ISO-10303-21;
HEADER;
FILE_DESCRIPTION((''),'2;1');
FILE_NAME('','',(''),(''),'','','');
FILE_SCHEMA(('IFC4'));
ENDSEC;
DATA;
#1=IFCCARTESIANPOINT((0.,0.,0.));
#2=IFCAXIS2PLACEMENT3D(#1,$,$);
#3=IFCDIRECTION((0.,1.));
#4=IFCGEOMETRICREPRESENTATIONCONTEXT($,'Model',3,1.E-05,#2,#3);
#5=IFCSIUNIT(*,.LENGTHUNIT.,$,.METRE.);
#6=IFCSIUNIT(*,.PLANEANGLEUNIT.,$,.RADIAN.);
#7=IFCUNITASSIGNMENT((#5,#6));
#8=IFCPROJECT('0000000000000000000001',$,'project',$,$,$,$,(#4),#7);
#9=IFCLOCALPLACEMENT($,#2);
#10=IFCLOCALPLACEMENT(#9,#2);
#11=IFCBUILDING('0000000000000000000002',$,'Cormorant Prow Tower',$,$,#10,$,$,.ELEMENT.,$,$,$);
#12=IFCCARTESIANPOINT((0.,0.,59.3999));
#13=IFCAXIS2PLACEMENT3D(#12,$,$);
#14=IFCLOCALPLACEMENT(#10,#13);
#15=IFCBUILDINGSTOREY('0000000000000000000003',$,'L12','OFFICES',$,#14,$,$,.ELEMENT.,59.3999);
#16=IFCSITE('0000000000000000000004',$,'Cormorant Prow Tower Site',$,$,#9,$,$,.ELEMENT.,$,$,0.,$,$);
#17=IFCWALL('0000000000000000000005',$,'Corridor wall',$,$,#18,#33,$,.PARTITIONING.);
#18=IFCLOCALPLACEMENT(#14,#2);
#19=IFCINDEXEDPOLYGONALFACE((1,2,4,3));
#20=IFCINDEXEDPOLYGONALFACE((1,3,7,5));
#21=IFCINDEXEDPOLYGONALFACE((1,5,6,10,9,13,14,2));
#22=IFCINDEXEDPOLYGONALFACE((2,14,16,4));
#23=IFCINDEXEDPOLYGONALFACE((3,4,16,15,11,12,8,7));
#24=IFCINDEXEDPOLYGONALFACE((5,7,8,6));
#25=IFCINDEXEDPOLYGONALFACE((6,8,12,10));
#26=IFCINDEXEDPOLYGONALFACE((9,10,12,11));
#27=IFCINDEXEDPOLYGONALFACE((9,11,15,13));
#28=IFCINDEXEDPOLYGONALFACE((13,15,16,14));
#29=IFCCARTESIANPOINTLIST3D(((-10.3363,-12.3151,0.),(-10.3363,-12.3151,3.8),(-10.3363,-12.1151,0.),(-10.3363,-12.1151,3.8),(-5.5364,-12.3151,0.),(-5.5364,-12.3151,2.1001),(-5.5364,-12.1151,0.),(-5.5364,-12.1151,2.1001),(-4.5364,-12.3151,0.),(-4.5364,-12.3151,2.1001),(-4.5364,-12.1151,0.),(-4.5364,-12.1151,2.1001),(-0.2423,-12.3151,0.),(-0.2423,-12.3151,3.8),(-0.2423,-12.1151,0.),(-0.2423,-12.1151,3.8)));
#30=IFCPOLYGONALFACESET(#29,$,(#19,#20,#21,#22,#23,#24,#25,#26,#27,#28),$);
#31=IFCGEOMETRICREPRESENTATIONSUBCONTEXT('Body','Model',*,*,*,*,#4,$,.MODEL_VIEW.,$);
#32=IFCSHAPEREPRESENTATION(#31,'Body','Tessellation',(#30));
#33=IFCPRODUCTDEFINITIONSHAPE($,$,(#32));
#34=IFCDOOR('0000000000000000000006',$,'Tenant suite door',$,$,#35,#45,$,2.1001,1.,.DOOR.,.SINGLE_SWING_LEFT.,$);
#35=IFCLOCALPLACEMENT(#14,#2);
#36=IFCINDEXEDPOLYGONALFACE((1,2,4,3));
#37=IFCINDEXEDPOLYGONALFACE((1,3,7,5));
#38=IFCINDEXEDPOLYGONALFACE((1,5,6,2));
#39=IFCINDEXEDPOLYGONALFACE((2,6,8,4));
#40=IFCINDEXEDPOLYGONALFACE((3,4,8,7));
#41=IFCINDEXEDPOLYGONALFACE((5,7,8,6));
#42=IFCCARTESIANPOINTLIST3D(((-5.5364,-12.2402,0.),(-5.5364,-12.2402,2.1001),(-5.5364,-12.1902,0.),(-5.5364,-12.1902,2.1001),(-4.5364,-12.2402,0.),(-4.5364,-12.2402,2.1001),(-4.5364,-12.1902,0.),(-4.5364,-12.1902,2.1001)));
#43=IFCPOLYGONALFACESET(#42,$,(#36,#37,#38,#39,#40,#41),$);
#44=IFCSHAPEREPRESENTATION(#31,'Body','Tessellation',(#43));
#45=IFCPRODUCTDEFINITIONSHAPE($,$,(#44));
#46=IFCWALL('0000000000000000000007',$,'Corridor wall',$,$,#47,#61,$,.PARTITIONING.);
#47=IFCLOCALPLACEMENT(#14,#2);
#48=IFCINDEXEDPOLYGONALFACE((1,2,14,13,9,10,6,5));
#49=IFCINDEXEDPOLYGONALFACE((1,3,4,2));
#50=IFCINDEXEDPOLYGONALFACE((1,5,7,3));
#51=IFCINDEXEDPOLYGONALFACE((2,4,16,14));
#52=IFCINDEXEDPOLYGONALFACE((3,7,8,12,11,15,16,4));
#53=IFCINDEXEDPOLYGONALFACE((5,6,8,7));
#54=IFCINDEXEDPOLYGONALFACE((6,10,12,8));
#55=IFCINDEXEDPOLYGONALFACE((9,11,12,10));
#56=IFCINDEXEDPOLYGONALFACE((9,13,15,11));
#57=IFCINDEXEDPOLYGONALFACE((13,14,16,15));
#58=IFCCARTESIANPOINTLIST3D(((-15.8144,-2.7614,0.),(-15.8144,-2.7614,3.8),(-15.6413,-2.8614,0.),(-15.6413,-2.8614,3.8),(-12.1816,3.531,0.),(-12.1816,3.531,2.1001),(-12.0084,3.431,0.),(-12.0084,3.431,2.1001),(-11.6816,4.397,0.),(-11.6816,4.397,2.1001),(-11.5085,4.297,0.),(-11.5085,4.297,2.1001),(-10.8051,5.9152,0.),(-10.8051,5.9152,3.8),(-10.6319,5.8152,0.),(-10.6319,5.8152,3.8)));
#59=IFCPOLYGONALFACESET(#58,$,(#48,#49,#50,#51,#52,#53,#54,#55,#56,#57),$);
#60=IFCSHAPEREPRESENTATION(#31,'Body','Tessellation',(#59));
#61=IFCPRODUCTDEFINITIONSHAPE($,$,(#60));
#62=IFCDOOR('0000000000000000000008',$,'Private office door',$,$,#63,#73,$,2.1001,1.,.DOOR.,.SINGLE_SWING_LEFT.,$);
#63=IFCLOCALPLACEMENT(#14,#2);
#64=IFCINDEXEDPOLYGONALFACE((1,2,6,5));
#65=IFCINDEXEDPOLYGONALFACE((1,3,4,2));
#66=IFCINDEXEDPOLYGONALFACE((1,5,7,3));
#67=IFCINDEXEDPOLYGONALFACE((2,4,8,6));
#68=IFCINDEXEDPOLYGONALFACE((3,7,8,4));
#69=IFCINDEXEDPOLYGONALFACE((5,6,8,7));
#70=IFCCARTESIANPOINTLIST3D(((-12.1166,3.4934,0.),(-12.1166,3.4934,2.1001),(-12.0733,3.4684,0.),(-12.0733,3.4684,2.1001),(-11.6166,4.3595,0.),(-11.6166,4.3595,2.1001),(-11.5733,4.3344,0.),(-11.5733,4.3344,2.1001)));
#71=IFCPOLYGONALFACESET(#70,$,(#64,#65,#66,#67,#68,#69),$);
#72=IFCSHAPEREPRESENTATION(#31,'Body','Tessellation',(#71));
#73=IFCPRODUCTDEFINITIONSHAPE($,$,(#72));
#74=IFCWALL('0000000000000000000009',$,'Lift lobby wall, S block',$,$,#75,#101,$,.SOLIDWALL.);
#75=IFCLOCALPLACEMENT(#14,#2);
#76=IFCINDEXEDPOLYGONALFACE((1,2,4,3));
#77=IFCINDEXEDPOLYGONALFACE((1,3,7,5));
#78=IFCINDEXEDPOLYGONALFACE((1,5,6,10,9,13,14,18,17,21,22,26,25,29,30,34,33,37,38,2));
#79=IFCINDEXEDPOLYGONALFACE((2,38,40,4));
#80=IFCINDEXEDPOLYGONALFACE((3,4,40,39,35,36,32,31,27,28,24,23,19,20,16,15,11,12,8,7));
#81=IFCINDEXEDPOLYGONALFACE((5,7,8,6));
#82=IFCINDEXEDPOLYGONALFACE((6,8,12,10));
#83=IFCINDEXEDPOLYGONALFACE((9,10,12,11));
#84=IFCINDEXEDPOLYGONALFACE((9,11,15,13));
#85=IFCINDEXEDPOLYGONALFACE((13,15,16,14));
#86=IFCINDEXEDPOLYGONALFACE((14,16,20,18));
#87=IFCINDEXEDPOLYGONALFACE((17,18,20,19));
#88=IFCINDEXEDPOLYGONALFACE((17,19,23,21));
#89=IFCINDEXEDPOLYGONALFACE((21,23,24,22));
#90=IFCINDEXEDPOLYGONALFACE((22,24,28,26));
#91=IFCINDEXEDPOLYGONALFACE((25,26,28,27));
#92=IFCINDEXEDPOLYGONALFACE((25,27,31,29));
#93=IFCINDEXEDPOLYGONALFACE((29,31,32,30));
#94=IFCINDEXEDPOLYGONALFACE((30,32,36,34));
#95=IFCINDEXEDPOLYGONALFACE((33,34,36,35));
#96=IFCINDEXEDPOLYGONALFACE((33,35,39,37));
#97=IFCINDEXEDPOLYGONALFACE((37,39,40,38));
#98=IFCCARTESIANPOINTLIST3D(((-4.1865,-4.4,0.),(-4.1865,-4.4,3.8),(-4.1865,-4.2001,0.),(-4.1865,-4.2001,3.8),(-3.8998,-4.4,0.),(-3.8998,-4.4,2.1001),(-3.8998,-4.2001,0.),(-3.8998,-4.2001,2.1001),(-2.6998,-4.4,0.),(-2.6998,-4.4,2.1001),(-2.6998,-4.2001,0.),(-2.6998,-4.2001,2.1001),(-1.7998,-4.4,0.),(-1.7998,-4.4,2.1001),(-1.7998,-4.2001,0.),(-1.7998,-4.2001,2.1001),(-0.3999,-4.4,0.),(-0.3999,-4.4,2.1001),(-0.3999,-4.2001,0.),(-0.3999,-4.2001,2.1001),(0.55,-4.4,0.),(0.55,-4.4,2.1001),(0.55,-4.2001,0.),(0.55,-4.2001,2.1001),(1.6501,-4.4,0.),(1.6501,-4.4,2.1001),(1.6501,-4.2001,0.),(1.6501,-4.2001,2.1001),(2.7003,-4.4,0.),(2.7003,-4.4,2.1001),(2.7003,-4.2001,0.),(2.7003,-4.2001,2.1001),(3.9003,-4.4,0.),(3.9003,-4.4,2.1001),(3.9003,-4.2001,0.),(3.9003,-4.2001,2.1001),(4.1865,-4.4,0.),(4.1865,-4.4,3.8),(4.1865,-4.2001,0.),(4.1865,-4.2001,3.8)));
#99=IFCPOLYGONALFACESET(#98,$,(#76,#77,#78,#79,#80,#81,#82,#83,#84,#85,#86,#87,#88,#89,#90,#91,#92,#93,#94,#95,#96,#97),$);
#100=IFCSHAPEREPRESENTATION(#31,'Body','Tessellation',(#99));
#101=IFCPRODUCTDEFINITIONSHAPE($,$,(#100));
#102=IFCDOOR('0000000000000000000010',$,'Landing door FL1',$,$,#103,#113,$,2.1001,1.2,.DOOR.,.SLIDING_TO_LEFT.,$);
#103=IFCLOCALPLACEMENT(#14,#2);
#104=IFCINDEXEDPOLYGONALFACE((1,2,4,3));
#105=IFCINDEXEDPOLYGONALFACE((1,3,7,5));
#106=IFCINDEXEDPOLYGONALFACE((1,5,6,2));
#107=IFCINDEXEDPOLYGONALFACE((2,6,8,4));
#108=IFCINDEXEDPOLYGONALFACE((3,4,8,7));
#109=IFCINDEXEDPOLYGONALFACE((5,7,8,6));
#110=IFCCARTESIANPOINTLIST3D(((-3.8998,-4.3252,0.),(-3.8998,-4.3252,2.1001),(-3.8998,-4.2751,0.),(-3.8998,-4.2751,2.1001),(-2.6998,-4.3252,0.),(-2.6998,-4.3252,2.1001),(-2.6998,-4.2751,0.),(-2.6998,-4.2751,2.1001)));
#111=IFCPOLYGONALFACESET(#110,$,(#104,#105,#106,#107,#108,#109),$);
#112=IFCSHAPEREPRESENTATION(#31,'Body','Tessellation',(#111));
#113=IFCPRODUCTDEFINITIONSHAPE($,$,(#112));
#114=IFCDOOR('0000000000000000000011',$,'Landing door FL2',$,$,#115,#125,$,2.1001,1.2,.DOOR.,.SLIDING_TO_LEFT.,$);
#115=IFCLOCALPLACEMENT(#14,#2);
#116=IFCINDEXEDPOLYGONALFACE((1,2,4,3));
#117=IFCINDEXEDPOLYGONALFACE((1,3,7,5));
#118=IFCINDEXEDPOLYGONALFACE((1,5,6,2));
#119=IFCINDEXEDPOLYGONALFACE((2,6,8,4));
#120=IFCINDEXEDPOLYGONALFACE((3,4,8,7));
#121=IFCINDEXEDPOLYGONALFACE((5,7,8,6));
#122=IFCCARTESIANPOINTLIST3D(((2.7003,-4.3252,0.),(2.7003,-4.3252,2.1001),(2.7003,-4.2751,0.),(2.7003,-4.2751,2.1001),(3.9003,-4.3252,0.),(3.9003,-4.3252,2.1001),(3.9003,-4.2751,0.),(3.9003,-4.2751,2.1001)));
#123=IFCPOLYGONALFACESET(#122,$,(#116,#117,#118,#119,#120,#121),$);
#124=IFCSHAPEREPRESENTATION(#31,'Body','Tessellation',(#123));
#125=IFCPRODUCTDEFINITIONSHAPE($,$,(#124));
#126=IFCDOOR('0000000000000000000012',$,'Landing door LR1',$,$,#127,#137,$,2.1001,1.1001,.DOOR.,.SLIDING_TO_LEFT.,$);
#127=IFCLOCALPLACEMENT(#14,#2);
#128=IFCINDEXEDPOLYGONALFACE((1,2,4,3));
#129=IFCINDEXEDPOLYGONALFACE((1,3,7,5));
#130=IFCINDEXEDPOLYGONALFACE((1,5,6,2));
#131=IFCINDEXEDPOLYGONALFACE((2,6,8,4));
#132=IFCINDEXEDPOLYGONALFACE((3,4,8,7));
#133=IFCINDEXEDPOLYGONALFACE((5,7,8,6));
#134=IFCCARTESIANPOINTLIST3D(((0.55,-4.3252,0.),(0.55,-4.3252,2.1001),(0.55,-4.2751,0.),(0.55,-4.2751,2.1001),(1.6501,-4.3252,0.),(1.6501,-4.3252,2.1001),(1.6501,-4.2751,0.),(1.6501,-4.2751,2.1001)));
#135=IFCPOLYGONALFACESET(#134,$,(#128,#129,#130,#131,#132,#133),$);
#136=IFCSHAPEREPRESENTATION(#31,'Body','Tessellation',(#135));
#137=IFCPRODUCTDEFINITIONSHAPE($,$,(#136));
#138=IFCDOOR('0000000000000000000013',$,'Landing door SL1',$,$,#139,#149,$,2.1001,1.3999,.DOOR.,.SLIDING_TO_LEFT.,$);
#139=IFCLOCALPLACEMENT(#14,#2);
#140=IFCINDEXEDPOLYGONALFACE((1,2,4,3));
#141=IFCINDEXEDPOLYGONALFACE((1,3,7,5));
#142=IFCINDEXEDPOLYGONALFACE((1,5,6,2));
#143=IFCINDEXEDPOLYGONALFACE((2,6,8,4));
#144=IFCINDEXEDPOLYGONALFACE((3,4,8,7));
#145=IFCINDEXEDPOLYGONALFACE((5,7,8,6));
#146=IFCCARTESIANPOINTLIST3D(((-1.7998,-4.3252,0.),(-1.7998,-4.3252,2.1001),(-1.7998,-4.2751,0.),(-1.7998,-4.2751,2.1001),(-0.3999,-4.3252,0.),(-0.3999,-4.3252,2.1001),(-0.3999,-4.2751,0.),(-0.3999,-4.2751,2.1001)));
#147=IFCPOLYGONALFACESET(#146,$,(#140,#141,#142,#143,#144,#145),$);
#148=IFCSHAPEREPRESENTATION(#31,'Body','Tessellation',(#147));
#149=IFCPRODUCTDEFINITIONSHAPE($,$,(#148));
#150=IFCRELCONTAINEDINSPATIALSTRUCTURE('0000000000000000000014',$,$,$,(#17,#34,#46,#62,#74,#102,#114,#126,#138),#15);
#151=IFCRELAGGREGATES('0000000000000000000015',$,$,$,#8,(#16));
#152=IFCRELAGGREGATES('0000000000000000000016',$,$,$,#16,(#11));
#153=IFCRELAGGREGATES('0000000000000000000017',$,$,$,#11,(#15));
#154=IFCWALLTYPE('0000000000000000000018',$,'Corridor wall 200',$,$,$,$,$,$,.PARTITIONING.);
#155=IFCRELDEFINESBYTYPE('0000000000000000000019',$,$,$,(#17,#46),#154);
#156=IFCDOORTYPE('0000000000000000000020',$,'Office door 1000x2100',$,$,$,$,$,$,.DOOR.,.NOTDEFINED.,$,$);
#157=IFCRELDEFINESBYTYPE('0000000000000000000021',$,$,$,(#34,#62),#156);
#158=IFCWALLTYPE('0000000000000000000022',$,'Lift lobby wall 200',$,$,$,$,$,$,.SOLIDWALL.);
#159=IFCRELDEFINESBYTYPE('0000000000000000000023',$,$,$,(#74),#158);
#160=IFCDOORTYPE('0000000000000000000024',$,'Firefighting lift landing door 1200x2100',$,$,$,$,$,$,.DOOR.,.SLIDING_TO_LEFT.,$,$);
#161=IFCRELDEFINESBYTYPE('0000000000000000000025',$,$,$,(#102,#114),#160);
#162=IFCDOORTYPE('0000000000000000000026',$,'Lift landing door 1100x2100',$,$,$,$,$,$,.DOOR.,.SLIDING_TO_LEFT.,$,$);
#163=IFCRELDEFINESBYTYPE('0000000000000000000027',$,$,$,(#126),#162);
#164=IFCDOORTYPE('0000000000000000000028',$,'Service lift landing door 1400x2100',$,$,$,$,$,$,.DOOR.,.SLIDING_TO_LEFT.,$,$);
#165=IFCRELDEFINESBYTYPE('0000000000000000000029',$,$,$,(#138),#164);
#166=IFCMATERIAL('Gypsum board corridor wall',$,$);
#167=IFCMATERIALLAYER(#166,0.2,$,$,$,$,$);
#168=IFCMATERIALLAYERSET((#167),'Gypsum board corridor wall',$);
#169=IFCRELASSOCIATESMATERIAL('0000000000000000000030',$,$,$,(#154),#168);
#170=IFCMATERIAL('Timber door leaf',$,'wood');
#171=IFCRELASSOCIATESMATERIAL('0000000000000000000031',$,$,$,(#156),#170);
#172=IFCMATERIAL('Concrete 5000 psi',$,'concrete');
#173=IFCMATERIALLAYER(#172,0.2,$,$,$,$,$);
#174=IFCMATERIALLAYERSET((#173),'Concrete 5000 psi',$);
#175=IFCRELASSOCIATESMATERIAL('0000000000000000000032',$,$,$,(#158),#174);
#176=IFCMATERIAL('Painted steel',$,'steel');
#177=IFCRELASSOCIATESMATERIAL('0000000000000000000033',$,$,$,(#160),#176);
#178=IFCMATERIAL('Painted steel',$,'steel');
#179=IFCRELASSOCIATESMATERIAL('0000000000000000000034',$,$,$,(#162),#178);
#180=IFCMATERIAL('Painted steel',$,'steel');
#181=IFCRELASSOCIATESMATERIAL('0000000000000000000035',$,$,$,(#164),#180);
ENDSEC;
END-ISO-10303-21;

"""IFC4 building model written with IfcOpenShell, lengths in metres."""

from ifc_helpers import new_model, si_unit, direction, frame, frame_2d, origin, place, context, subcontext, project, spatial, rectangle, extrude, material, layer, layer_set, type_object, element, fill, save


model = new_model("IFC4")

# Units and contexts
model_context = context("Model", 3, precision=1e-05, world=origin(), true_north=direction((0.0, 1.0)))
body_context = subcontext(model_context, "Body", "Model", "MODEL_VIEW")
ifc_project = project(units=[si_unit("LENGTHUNIT", "METRE"), si_unit("PLANEANGLEUNIT", "RADIAN")], contexts=[model_context])

# Site, building, storey
site_placement = place(None, origin())
site = spatial("IfcSite", under=ifc_project, at=site_placement, Name="Cormorant Prow Tower Site", CompositionType="ELEMENT", RefElevation=0.0)
building_placement = place(site_placement, origin())
building = spatial("IfcBuilding", under=site, at=building_placement, Name="Cormorant Prow Tower", CompositionType="ELEMENT")
storey_placement = place(building_placement, frame((0.0, 0.0, 59.3999)))
storey = spatial("IfcBuildingStorey", under=building, at=storey_placement, Name="L12", Description="OFFICES", CompositionType="ELEMENT", Elevation=59.3999)

# Walls, openings, doors
ifc_material_1 = material(Name="Gypsum board corridor wall")
ifc_layer_1 = layer(ifc_material_1, 0.2)
ifc_layer_set_1 = layer_set([ifc_layer_1], Name="Gypsum board corridor wall")
wall_type_1 = type_object("IfcWallType", Name="Corridor wall 200", PredefinedType="PARTITIONING", material=ifc_layer_set_1)
wall_1_placement = place(storey_placement, frame((-10.3362, -12.2151, 0.0), z_axis=(0.0, 0.0, 1.0), x_axis=(1.0, 0.0, 0.0)))
wall_1 = element("IfcWall", 1, at=wall_1_placement, inside=storey, type_object=wall_type_1, Name="Corridor wall", PredefinedType="PARTITIONING", context=body_context, shape_type="SweptSolid", body=[
    extrude(rectangle(XDim=10.094, YDim=0.2, at=frame_2d((5.0469, 0.0))), origin(), (0.0, 0.0, 1.0), 3.8),
])
opening_1_placement = place(wall_1_placement, frame((4.7998, 0.0, 0.0)))
opening_1 = element("IfcOpeningElement", 2, at=opening_1_placement, cuts=wall_1, PredefinedType="OPENING", context=body_context, shape_type="SweptSolid", body=[
    extrude(rectangle(XDim=1.0, YDim=2.1001, at=frame_2d((0.5, 1.05))), frame((0.0, 0.1099, 0.0), z_axis=(0.0, -1.0, 0.0), x_axis=(1.0, 0.0, 0.0)), (0.0, 0.0, 1.0), 0.22),
])
ifc_material_2 = material(Name="Timber door leaf", Category="wood")
door_type_1 = type_object("IfcDoorType", Name="Office door 1000x2100", OperationType="NOTDEFINED", PredefinedType="DOOR", material=ifc_material_2)
door_1_placement = place(opening_1_placement, origin())
door_1 = element("IfcDoor", 3, at=door_1_placement, inside=storey, type_object=door_type_1, Name="Tenant suite door", OperationType="SINGLE_SWING_LEFT", OverallHeight=2.1001, OverallWidth=1.0, PredefinedType="DOOR", context=body_context, shape_type="SweptSolid", body=[
    extrude(rectangle(XDim=1.0, YDim=2.1001, at=frame_2d((0.5, 1.05))), frame((0.0, 0.0249, 0.0), z_axis=(0.0, -1.0, 0.0), x_axis=(1.0, 0.0, 0.0)), (0.0, 0.0, 1.0), 0.05),
])
fill(opening_1, door_1)
wall_2_placement = place(storey_placement, frame((-15.7278, -2.8113, 0.0), z_axis=(0.0, 0.0, 1.0), x_axis=(0.499992, 0.86603, 0.0)))
wall_2 = element("IfcWall", 4, at=wall_2_placement, inside=storey, type_object=wall_type_1, Name="Corridor wall", PredefinedType="PARTITIONING", context=body_context, shape_type="SweptSolid", body=[
    extrude(rectangle(XDim=10.0188, YDim=0.2, at=frame_2d((5.0093, 0.0))), origin(), (0.0, 0.0, 1.0), 3.8),
])
opening_2_placement = place(wall_2_placement, frame((7.2656, 0.0, 0.0)))
opening_2 = element("IfcOpeningElement", 5, at=opening_2_placement, cuts=wall_2, PredefinedType="OPENING", context=body_context, shape_type="SweptSolid", body=[
    extrude(rectangle(XDim=1.0, YDim=2.1001, at=frame_2d((0.5, 1.05))), frame((0.0, 0.1099, 0.0), z_axis=(0.0, -1.0, 0.0), x_axis=(1.0, 0.0, 0.0)), (0.0, 0.0, 1.0), 0.22),
])
door_2_placement = place(opening_2_placement, origin())
door_2 = element("IfcDoor", 6, at=door_2_placement, inside=storey, type_object=door_type_1, Name="Private office door", OperationType="SINGLE_SWING_LEFT", OverallHeight=2.1001, OverallWidth=1.0, PredefinedType="DOOR", context=body_context, shape_type="SweptSolid", body=[
    extrude(rectangle(XDim=1.0, YDim=2.1001, at=frame_2d((0.5, 1.05))), frame((0.0, 0.0249, 0.0), z_axis=(0.0, -1.0, 0.0), x_axis=(1.0, 0.0, 0.0)), (0.0, 0.0, 1.0), 0.05),
])
fill(opening_2, door_2)

# Wall, openings, doors
ifc_material_3 = material(Name="Concrete 5000 psi", Category="concrete")
ifc_layer_2 = layer(ifc_material_3, 0.2)
ifc_layer_set_2 = layer_set([ifc_layer_2], Name="Concrete 5000 psi")
wall_type_2 = type_object("IfcWallType", Name="Lift lobby wall 200", PredefinedType="SOLIDWALL", material=ifc_layer_set_2)
wall_3_placement = place(storey_placement, frame((-4.1865, -4.3, 0.0), z_axis=(0.0, 0.0, 1.0), x_axis=(1.0, 0.0, 0.0)))
wall_3 = element("IfcWall", 7, at=wall_3_placement, inside=storey, type_object=wall_type_2, Name="Lift lobby wall, S block", PredefinedType="SOLIDWALL", context=body_context, shape_type="SweptSolid", body=[
    extrude(rectangle(XDim=8.373, YDim=0.2, at=frame_2d((4.1865, 0.0))), origin(), (0.0, 0.0, 1.0), 3.8),
])
opening_3_placement = place(wall_3_placement, frame((0.2866, 0.0, 0.0)))
opening_3 = element("IfcOpeningElement", 8, at=opening_3_placement, cuts=wall_3, PredefinedType="OPENING", context=body_context, shape_type="SweptSolid", body=[
    extrude(rectangle(XDim=1.2, YDim=2.1001, at=frame_2d((0.6001, 1.05))), frame((0.0, 0.1099, 0.0), z_axis=(0.0, -1.0, 0.0), x_axis=(1.0, 0.0, 0.0)), (0.0, 0.0, 1.0), 0.22),
])
opening_4_placement = place(wall_3_placement, frame((2.3867, 0.0, 0.0)))
opening_4 = element("IfcOpeningElement", 9, at=opening_4_placement, cuts=wall_3, PredefinedType="OPENING", context=body_context, shape_type="SweptSolid", body=[
    extrude(rectangle(XDim=1.3999, YDim=2.1001, at=frame_2d((0.7, 1.05))), frame((0.0, 0.1099, 0.0), z_axis=(0.0, -1.0, 0.0), x_axis=(1.0, 0.0, 0.0)), (0.0, 0.0, 1.0), 0.22),
])
opening_5_placement = place(wall_3_placement, frame((4.7366, 0.0, 0.0)))
opening_5 = element("IfcOpeningElement", 10, at=opening_5_placement, cuts=wall_3, PredefinedType="OPENING", context=body_context, shape_type="SweptSolid", body=[
    extrude(rectangle(XDim=1.1001, YDim=2.1001, at=frame_2d((0.55, 1.05))), frame((0.0, 0.1099, 0.0), z_axis=(0.0, -1.0, 0.0), x_axis=(1.0, 0.0, 0.0)), (0.0, 0.0, 1.0), 0.22),
])
opening_6_placement = place(wall_3_placement, frame((6.8867, 0.0, 0.0)))
opening_6 = element("IfcOpeningElement", 11, at=opening_6_placement, cuts=wall_3, PredefinedType="OPENING", context=body_context, shape_type="SweptSolid", body=[
    extrude(rectangle(XDim=1.2, YDim=2.1001, at=frame_2d((0.6001, 1.05))), frame((0.0, 0.1099, 0.0), z_axis=(0.0, -1.0, 0.0), x_axis=(1.0, 0.0, 0.0)), (0.0, 0.0, 1.0), 0.22),
])
ifc_material_4 = material(Name="Painted steel", Category="steel")
door_type_2 = type_object("IfcDoorType", Name="Firefighting lift landing door 1200x2100", OperationType="SLIDING_TO_LEFT", PredefinedType="DOOR", material=ifc_material_4)
door_3_placement = place(opening_3_placement, origin())
door_3 = element("IfcDoor", 12, at=door_3_placement, inside=storey, type_object=door_type_2, Name="Landing door FL1", OperationType="SLIDING_TO_LEFT", OverallHeight=2.1001, OverallWidth=1.2, PredefinedType="DOOR", context=body_context, shape_type="SweptSolid", body=[
    extrude(rectangle(XDim=1.2, YDim=2.1001, at=frame_2d((0.6001, 1.05))), frame((0.0, 0.0249, 0.0), z_axis=(0.0, -1.0, 0.0), x_axis=(1.0, 0.0, 0.0)), (0.0, 0.0, 1.0), 0.05),
])
fill(opening_3, door_3)
door_4_placement = place(opening_6_placement, origin())
door_4 = element("IfcDoor", 13, at=door_4_placement, inside=storey, type_object=door_type_2, Name="Landing door FL2", OperationType="SLIDING_TO_LEFT", OverallHeight=2.1001, OverallWidth=1.2, PredefinedType="DOOR", context=body_context, shape_type="SweptSolid", body=[
    extrude(rectangle(XDim=1.2, YDim=2.1001, at=frame_2d((0.6001, 1.05))), frame((0.0, 0.0249, 0.0), z_axis=(0.0, -1.0, 0.0), x_axis=(1.0, 0.0, 0.0)), (0.0, 0.0, 1.0), 0.05),
])
fill(opening_6, door_4)
ifc_material_5 = material(Name="Painted steel", Category="steel")
door_type_3 = type_object("IfcDoorType", Name="Lift landing door 1100x2100", OperationType="SLIDING_TO_LEFT", PredefinedType="DOOR", material=ifc_material_5)
door_5_placement = place(opening_5_placement, origin())
door_5 = element("IfcDoor", 14, at=door_5_placement, inside=storey, type_object=door_type_3, Name="Landing door LR1", OperationType="SLIDING_TO_LEFT", OverallHeight=2.1001, OverallWidth=1.1001, PredefinedType="DOOR", context=body_context, shape_type="SweptSolid", body=[
    extrude(rectangle(XDim=1.1001, YDim=2.1001, at=frame_2d((0.55, 1.05))), frame((0.0, 0.0249, 0.0), z_axis=(0.0, -1.0, 0.0), x_axis=(1.0, 0.0, 0.0)), (0.0, 0.0, 1.0), 0.05),
])
fill(opening_5, door_5)
ifc_material_6 = material(Name="Painted steel", Category="steel")
door_type_4 = type_object("IfcDoorType", Name="Service lift landing door 1400x2100", OperationType="SLIDING_TO_LEFT", PredefinedType="DOOR", material=ifc_material_6)
door_6_placement = place(opening_4_placement, origin())
door_6 = element("IfcDoor", 15, at=door_6_placement, inside=storey, type_object=door_type_4, Name="Landing door SL1", OperationType="SLIDING_TO_LEFT", OverallHeight=2.1001, OverallWidth=1.3999, PredefinedType="DOOR", context=body_context, shape_type="SweptSolid", body=[
    extrude(rectangle(XDim=1.3999, YDim=2.1001, at=frame_2d((0.7, 1.05))), frame((0.0, 0.0249, 0.0), z_axis=(0.0, -1.0, 0.0), x_axis=(1.0, 0.0, 0.0)), (0.0, 0.0, 1.0), 0.05),
])
fill(opening_4, door_6)

save(model, "model.ifc")
